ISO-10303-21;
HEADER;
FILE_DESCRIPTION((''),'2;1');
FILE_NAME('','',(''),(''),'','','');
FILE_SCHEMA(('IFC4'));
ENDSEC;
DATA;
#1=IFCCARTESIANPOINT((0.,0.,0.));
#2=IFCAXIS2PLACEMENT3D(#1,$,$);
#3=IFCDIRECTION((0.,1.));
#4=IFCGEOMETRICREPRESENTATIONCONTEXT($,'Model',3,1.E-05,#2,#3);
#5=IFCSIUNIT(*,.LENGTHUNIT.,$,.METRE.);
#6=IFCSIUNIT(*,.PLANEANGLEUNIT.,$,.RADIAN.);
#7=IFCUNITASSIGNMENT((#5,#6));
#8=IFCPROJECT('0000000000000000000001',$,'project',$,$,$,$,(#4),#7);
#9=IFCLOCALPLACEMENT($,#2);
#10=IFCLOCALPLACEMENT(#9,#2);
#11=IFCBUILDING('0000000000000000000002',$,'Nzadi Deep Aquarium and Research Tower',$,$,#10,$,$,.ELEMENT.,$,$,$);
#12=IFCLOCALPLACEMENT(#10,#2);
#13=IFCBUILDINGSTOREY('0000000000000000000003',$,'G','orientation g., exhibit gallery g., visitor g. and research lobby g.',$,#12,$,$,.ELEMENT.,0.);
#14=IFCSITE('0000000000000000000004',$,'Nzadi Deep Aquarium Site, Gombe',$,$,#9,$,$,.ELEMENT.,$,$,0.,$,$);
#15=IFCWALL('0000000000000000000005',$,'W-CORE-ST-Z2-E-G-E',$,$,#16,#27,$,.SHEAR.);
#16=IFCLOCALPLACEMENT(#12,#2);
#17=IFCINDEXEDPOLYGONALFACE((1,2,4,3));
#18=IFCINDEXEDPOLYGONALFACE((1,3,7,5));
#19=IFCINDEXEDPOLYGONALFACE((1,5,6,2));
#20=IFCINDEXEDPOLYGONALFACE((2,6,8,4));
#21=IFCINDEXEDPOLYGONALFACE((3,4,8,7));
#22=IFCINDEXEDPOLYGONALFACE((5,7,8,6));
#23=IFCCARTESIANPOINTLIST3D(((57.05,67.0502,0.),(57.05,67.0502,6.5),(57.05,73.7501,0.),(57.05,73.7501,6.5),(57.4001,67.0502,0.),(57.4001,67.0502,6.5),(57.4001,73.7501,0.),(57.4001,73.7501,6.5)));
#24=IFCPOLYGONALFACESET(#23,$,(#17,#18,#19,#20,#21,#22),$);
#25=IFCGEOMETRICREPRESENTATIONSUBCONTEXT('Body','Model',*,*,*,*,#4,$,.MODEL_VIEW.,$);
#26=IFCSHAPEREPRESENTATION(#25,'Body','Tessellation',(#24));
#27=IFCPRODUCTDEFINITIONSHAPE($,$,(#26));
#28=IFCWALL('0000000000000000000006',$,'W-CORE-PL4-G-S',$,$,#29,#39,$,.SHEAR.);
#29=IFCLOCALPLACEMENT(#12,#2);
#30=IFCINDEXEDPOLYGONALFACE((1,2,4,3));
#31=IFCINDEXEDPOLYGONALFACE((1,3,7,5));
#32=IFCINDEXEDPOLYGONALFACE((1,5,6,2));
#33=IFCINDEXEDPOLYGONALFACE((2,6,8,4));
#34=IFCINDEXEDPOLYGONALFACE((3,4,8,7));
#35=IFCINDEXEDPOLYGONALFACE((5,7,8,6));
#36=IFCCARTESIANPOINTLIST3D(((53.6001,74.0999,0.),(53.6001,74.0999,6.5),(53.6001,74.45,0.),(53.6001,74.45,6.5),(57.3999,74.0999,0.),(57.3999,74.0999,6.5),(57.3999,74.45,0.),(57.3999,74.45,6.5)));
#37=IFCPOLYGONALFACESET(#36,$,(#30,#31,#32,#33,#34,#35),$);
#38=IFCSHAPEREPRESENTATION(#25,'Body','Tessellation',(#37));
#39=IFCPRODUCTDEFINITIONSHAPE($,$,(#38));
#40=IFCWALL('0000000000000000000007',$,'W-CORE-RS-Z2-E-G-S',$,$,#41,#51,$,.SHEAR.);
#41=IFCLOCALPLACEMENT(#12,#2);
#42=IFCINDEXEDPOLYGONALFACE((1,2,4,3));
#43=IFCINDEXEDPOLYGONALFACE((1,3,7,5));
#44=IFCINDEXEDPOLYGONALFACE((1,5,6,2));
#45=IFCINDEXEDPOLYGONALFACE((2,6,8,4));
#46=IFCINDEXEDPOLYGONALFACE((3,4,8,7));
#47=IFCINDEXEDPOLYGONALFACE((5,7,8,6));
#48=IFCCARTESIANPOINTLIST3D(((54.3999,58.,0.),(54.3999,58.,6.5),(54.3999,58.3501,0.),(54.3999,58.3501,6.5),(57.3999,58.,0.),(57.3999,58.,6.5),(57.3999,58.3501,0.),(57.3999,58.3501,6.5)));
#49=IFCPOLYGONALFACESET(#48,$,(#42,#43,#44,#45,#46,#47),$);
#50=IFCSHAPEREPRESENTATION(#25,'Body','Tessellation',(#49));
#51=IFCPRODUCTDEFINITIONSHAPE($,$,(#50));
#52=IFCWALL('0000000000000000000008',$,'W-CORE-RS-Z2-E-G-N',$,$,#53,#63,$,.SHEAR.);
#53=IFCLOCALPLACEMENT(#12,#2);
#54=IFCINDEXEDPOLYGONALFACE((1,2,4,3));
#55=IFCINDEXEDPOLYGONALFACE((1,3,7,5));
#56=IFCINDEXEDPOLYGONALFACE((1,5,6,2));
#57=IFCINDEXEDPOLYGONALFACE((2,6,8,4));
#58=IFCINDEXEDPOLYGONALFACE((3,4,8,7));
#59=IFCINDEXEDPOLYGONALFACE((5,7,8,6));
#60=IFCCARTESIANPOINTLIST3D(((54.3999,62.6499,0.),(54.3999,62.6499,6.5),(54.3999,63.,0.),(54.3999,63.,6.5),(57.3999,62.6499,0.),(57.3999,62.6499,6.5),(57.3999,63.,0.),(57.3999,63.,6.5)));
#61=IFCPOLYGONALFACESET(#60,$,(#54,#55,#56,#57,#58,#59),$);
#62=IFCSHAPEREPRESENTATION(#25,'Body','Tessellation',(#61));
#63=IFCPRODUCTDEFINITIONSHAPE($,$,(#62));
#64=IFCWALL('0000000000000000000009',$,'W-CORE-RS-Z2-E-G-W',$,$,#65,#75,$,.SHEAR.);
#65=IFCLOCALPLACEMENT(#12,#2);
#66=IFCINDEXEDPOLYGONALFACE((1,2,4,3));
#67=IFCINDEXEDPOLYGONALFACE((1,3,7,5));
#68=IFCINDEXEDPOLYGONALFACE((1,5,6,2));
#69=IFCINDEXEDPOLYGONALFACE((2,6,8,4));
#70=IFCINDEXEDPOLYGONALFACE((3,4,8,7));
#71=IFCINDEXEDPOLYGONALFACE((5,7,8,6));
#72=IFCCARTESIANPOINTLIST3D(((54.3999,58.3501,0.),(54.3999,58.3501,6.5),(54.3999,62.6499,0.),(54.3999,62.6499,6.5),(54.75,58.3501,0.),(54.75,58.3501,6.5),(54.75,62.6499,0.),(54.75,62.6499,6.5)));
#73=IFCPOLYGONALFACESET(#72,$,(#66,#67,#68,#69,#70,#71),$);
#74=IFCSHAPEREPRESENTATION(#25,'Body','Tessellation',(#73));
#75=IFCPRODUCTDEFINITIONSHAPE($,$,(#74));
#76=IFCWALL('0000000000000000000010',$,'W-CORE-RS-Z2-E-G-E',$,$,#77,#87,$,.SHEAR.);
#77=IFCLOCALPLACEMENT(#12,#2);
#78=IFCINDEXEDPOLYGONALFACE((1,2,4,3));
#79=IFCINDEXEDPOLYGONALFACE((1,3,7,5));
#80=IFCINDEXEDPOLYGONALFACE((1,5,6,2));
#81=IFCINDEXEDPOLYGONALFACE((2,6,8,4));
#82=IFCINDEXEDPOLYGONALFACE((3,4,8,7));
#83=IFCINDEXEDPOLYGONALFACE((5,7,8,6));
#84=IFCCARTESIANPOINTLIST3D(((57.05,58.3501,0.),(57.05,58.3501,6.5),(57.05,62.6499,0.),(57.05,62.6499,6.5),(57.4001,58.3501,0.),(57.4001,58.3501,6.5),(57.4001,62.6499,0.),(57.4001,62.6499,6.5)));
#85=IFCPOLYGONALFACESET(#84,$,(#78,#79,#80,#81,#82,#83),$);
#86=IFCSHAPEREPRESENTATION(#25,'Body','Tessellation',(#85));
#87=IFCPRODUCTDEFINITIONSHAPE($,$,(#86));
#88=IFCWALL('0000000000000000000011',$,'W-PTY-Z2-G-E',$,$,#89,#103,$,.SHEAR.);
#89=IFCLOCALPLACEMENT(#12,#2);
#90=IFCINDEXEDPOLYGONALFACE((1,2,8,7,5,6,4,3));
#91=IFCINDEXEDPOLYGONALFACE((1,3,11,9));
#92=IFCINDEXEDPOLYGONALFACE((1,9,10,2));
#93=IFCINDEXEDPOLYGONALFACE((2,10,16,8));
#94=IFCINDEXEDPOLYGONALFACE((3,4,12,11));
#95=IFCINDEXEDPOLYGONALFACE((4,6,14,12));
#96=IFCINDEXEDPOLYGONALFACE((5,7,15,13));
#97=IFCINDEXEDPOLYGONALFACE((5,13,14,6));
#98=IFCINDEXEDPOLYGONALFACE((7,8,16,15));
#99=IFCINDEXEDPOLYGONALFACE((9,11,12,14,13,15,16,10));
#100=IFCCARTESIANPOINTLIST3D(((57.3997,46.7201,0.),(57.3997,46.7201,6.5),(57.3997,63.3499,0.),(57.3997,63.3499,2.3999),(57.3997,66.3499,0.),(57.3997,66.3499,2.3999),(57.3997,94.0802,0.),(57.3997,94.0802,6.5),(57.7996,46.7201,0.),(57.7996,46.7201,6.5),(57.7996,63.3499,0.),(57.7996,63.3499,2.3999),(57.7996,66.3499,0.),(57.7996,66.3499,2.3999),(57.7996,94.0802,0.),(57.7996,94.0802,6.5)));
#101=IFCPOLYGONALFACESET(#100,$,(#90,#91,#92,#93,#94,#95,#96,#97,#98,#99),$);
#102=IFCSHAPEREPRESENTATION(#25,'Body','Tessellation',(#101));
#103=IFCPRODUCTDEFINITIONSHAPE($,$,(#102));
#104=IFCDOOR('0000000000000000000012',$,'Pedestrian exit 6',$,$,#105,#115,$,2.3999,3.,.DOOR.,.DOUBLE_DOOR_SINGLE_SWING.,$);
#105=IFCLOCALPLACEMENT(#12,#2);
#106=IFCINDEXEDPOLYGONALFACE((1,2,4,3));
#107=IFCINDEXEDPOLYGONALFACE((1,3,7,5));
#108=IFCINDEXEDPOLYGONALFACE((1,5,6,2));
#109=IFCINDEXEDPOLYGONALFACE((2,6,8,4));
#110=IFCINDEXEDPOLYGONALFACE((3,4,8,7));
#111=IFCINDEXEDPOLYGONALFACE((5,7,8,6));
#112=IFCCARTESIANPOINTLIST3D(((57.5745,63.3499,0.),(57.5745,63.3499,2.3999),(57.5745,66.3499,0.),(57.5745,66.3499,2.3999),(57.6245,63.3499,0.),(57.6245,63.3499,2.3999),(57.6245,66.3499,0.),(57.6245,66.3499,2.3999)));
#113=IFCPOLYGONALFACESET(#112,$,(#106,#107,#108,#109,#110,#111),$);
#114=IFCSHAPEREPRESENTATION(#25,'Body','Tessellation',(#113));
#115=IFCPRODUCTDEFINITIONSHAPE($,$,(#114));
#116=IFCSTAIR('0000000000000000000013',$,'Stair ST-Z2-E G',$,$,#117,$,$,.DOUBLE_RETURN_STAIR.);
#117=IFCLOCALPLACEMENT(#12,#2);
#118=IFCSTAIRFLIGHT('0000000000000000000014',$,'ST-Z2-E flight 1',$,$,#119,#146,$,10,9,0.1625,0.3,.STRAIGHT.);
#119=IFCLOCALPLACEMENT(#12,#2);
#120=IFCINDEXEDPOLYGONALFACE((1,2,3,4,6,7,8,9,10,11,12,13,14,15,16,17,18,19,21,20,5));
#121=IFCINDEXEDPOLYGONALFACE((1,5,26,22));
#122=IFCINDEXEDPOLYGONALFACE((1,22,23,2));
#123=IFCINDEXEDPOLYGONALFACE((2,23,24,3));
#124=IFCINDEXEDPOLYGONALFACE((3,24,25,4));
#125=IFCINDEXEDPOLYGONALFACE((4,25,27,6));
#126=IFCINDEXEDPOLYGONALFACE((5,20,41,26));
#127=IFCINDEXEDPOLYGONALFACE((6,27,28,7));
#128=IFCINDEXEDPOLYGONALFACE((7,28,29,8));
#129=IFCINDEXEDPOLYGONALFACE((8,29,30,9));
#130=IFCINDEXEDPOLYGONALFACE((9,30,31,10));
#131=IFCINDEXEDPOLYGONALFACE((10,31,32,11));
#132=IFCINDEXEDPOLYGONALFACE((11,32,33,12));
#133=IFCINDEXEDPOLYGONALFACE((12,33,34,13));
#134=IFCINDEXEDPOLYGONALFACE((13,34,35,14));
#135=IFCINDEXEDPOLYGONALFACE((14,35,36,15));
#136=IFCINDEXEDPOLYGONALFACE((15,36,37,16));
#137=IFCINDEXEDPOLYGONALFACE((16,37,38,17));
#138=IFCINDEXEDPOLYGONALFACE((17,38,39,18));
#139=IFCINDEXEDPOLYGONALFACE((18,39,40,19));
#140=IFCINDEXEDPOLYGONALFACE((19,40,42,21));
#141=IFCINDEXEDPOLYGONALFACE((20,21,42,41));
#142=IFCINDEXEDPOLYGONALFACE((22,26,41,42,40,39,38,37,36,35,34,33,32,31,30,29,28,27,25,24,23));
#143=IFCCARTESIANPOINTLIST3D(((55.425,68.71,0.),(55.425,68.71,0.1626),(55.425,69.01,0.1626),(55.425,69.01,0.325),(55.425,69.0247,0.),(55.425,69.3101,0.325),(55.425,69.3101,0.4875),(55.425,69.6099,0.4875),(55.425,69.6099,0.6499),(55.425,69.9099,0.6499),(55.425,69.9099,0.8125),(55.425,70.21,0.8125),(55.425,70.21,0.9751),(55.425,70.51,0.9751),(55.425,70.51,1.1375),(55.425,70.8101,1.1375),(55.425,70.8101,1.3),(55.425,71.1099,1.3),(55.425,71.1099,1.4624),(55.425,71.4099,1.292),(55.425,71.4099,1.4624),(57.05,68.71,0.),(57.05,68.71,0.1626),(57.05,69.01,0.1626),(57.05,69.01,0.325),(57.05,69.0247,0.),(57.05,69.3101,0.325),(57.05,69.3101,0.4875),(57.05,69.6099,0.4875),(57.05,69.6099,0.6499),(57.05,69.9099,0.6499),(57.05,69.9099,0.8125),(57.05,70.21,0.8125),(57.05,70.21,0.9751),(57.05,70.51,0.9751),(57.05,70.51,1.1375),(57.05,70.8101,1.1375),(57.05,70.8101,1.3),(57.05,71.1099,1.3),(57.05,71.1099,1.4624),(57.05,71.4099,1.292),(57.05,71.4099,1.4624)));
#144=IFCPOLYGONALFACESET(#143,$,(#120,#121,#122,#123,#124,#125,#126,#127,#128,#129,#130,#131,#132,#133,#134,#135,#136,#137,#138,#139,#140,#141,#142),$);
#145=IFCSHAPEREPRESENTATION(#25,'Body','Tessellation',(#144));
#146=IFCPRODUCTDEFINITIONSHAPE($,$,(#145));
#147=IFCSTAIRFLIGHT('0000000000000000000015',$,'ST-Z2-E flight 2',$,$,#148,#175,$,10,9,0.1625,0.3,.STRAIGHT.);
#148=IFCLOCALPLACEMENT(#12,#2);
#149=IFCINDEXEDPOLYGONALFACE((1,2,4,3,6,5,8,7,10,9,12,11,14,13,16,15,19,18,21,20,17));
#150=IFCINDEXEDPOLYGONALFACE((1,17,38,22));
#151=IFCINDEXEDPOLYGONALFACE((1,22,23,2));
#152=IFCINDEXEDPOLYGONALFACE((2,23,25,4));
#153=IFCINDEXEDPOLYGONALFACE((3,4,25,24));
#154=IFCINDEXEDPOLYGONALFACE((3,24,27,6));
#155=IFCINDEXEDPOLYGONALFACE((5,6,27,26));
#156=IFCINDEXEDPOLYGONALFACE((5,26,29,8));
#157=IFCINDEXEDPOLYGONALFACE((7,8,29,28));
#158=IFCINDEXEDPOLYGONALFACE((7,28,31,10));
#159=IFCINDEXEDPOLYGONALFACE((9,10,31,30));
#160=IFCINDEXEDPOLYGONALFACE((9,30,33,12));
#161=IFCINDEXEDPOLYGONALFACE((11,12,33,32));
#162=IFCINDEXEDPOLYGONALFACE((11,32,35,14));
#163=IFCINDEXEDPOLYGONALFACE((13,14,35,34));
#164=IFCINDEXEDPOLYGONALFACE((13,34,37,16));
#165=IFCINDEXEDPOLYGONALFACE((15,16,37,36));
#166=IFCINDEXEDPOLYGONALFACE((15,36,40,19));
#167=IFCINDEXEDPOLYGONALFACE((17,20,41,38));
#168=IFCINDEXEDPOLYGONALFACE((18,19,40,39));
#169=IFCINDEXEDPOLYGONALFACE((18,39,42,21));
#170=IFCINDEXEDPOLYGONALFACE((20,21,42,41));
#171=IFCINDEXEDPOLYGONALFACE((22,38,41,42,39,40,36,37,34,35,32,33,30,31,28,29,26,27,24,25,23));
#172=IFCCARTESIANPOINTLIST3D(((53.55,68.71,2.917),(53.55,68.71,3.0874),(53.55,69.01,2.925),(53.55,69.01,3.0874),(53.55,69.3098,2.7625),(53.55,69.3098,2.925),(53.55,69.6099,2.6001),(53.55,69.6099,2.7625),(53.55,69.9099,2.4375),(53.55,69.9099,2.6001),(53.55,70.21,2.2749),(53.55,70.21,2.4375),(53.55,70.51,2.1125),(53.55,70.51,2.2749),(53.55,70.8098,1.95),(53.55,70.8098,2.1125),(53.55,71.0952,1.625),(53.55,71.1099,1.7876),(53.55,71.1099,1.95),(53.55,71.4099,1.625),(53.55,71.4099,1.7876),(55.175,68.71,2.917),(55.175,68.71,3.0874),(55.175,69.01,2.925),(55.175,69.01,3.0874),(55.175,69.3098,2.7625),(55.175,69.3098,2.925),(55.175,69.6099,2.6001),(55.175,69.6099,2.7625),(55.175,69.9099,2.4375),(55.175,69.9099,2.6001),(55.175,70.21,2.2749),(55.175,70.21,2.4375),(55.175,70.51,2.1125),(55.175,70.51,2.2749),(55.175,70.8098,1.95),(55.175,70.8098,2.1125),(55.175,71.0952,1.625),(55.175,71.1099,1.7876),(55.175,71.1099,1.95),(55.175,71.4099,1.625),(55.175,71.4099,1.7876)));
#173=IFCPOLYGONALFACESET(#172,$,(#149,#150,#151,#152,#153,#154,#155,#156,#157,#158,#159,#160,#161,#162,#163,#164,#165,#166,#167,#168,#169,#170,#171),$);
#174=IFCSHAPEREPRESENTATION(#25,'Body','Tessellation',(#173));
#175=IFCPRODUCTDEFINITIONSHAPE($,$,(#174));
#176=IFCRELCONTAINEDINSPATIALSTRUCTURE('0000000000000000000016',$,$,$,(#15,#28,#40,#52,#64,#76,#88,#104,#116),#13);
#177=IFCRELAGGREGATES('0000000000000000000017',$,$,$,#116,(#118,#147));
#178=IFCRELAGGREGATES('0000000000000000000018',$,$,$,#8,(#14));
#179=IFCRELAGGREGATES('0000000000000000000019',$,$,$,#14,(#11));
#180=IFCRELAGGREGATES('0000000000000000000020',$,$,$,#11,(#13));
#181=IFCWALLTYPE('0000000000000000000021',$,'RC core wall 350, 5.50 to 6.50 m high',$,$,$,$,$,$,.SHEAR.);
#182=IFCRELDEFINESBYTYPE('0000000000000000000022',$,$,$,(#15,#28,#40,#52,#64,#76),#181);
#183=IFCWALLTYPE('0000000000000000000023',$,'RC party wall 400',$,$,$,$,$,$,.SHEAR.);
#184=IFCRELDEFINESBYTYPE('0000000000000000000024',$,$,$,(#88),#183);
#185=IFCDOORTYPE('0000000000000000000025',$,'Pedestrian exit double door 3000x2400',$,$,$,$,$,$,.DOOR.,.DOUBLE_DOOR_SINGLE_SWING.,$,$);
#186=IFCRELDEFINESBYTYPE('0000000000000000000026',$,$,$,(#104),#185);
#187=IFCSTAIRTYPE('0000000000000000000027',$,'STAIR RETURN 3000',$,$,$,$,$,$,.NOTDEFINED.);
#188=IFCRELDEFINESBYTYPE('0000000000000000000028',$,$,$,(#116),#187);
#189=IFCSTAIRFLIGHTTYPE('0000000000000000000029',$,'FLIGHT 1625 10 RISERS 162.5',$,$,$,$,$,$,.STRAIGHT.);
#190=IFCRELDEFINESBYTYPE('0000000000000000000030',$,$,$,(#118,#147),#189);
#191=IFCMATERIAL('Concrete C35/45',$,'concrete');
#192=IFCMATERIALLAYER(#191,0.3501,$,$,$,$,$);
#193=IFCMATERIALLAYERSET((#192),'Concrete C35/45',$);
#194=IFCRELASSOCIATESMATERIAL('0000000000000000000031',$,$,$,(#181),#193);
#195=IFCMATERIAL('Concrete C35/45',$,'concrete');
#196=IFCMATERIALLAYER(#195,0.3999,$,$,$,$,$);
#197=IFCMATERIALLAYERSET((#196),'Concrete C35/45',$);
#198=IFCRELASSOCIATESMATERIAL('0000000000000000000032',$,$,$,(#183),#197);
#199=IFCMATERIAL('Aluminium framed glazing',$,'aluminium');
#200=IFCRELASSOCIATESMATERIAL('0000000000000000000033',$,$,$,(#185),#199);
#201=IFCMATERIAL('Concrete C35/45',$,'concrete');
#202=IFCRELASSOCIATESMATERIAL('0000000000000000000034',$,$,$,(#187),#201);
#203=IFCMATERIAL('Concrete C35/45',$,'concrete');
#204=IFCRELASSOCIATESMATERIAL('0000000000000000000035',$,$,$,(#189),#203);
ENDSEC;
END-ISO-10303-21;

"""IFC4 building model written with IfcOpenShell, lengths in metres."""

from ifc_helpers import new_model, si_unit, direction, frame, frame_2d, origin, place, context, subcontext, project, spatial, polyline, rectangle, outline, extrude, material, layer, layer_set, type_object, element, fill, aggregate, save


model = new_model("IFC4")

# Units and contexts
model_context = context("Model", 3, precision=1e-05, world=origin(), true_north=direction((0.0, 1.0)))
body_context = subcontext(model_context, "Body", "Model", "MODEL_VIEW")
ifc_project = project(units=[si_unit("LENGTHUNIT", "METRE"), si_unit("PLANEANGLEUNIT", "RADIAN")], contexts=[model_context])

# Site, building, storey
site_placement = place(None, origin())
site = spatial("IfcSite", under=ifc_project, at=site_placement, Name="Nzadi Deep Aquarium Site, Gombe", CompositionType="ELEMENT", RefElevation=0.0)
building_placement = place(site_placement, origin())
building = spatial("IfcBuilding", under=site, at=building_placement, Name="Nzadi Deep Aquarium and Research Tower", CompositionType="ELEMENT")
storey_placement = place(building_placement, origin())
storey = spatial("IfcBuildingStorey", under=building, at=storey_placement, Name="G", Description="orientation g., exhibit gallery g., visitor g. and research lobby g.", CompositionType="ELEMENT", Elevation=0.0)

# Shared definitions
ifc_material_1 = material(Name="Concrete C35/45", Category="concrete")
ifc_layer_1 = layer(ifc_material_1, 0.3501)
ifc_layer_set_1 = layer_set([ifc_layer_1], Name="Concrete C35/45")
wall_type_1 = type_object("IfcWallType", Name="RC core wall 350, 5.50 to 6.50 m high", PredefinedType="SHEAR", material=ifc_layer_set_1)

# Walls
for number, where, z_axis, x_axis, name in (
    (1, (57.2251, 67.05, 0.0), (0.0, 0.0, 1.0), (0.0, 1.0, 0.0), "W-CORE-ST-Z2-E-G-E"),
):
    element("IfcWall", number, at=place(storey_placement, frame(where, z_axis=z_axis, x_axis=x_axis)), inside=storey, type_object=wall_type_1, Name=name, PredefinedType="SHEAR", context=body_context, shape_type="SweptSolid", body=[
        extrude(rectangle(XDim=6.7, YDim=0.3501, at=frame_2d((3.3501, 0.0))), origin(), (0.0, 0.0, 1.0), 6.5),
    ])
wall_1_placement = place(storey_placement, frame((53.6001, 74.2749, 0.0), z_axis=(0.0, 0.0, 1.0), x_axis=(1.0, 0.0, 0.0)))
element("IfcWall", 2, at=wall_1_placement, inside=storey, type_object=wall_type_1, Name="W-CORE-PL4-G-S", PredefinedType="SHEAR", context=body_context, shape_type="SweptSolid", body=[
    extrude(rectangle(XDim=3.7998, YDim=0.3501, at=frame_2d((1.8999, 0.0))), origin(), (0.0, 0.0, 1.0), 6.5),
])
for number, where, z_axis, x_axis, name in (
    (3, (54.3999, 58.175, 0.0), (0.0, 0.0, 1.0), (1.0, 0.0, 0.0), "W-CORE-RS-Z2-E-G-S"),
    (4, (54.3999, 62.825, 0.0), (0.0, 0.0, 1.0), (1.0, 0.0, 0.0), "W-CORE-RS-Z2-E-G-N"),
):
    element("IfcWall", number, at=place(storey_placement, frame(where, z_axis=z_axis, x_axis=x_axis)), inside=storey, type_object=wall_type_1, Name=name, PredefinedType="SHEAR", context=body_context, shape_type="SweptSolid", body=[
        extrude(rectangle(XDim=3.0, YDim=0.3501, at=frame_2d((1.5, 0.0))), origin(), (0.0, 0.0, 1.0), 6.5),
    ])
for number, where, z_axis, x_axis, name in (
    (5, (54.575, 58.3501, 0.0), (0.0, 0.0, 1.0), (0.0, 1.0, 0.0), "W-CORE-RS-Z2-E-G-W"),
    (6, (57.2251, 58.3501, 0.0), (0.0, 0.0, 1.0), (0.0, 1.0, 0.0), "W-CORE-RS-Z2-E-G-E"),
):
    element("IfcWall", number, at=place(storey_placement, frame(where, z_axis=z_axis, x_axis=x_axis)), inside=storey, type_object=wall_type_1, Name=name, PredefinedType="SHEAR", context=body_context, shape_type="SweptSolid", body=[
        extrude(rectangle(XDim=4.2998, YDim=0.3501, at=frame_2d((2.1499, 0.0))), origin(), (0.0, 0.0, 1.0), 6.5),
    ])

# Wall, opening, door
ifc_material_2 = material(Name="Concrete C35/45", Category="concrete")
ifc_layer_2 = layer(ifc_material_2, 0.3999)
ifc_layer_set_2 = layer_set([ifc_layer_2], Name="Concrete C35/45")
wall_type_2 = type_object("IfcWallType", Name="RC party wall 400", PredefinedType="SHEAR", material=ifc_layer_set_2)
wall_2_placement = place(storey_placement, frame((57.5996, 46.72, 0.0), z_axis=(0.0, 0.0, 1.0), x_axis=(0.0, 1.0, 0.0)))
wall_2 = element("IfcWall", 7, at=wall_2_placement, inside=storey, type_object=wall_type_2, Name="W-PTY-Z2-G-E", PredefinedType="SHEAR", context=body_context, shape_type="SweptSolid", body=[
    extrude(rectangle(XDim=47.3601, YDim=0.3999, at=frame_2d((23.6802, 0.0))), origin(), (0.0, 0.0, 1.0), 6.5),
])
opening_1_placement = place(wall_2_placement, frame((16.6299, 0.0, 0.0)))
opening_1 = element("IfcOpeningElement", 8, at=opening_1_placement, cuts=wall_2, PredefinedType="OPENING", context=body_context, shape_type="SweptSolid", body=[
    extrude(rectangle(XDim=3.0, YDim=2.3999, at=frame_2d((1.5, 1.2))), frame((0.0, 0.21, 0.0), z_axis=(0.0, -1.0, 0.0), x_axis=(1.0, 0.0, 0.0)), (0.0, 0.0, 1.0), 0.4199),
])
ifc_material_3 = material(Name="Aluminium framed glazing", Category="aluminium")
door_type_1 = type_object("IfcDoorType", Name="Pedestrian exit double door 3000x2400", OperationType="DOUBLE_DOOR_SINGLE_SWING", PredefinedType="DOOR", material=ifc_material_3)
door_1_placement = place(opening_1_placement, frame((3.0, 0.0, 0.0), z_axis=(0.0, 0.0, 1.0), x_axis=(-1.0, 0.0, 0.0)))
door_1 = element("IfcDoor", 9, at=door_1_placement, inside=storey, type_object=door_type_1, Name="Pedestrian exit 6", OperationType="DOUBLE_DOOR_SINGLE_SWING", OverallHeight=2.3999, OverallWidth=3.0, PredefinedType="DOOR", context=body_context, shape_type="SweptSolid", body=[
    extrude(rectangle(XDim=3.0, YDim=2.3999, at=frame_2d((1.5, 1.2))), frame((0.0, 0.0249, 0.0), z_axis=(0.0, -1.0, 0.0), x_axis=(1.0, 0.0, 0.0)), (0.0, 0.0, 1.0), 0.05),
])
fill(opening_1, door_1)

# Stair, stair flights
ifc_material_4 = material(Name="Concrete C35/45", Category="concrete")
stair_type = type_object("IfcStairType", Name="STAIR RETURN 3000", PredefinedType="NOTDEFINED", material=ifc_material_4)
stair_placement = place(storey_placement, origin())
stair = element("IfcStair", 10, at=stair_placement, inside=storey, type_object=stair_type, Name="Stair ST-Z2-E G", PredefinedType="DOUBLE_RETURN_STAIR")
ifc_material_5 = material(Name="Concrete C35/45", Category="concrete")
stair_flight_type = type_object("IfcStairFlightType", Name="FLIGHT 1625 10 RISERS 162.5", PredefinedType="STRAIGHT", material=ifc_material_5)
stair_flight_1_placement = place(storey_placement, frame((56.2375, 68.71, 0.0), z_axis=(0.0, 0.0, 1.0), x_axis=(0.0, 1.0, 0.0)))
stair_flight_1 = element("IfcStairFlight", 11, at=stair_flight_1_placement, type_object=stair_flight_type, Name="ST-Z2-E flight 1", NumberOfRisers=10, NumberOfTreads=9, PredefinedType="STRAIGHT", RiserHeight=0.1625, TreadLength=0.3, context=body_context, shape_type="SweptSolid", body=[
    extrude(outline(polyline([(0.0, 0.0), (0.0, 0.1626), (0.3, 0.1626), (0.3, 0.325), (0.6001, 0.325), (0.6001, 0.4875), (0.8999, 0.4875), (0.8999, 0.6499), (1.2, 0.6499), (1.2, 0.8125), (1.5, 0.8125), (1.5, 0.9751), (1.8, 0.9751), (1.8, 1.1375), (2.1001, 1.1375), (2.1001, 1.3), (2.3999, 1.3), (2.3999, 1.4624), (2.7, 1.4624), (2.7, 1.625), (2.7, 1.292), (0.3147, 0.0), (0.0, 0.0)])), frame((0.0, 0.8125, 0.0), z_axis=(0.0, -1.0, 0.0), x_axis=(1.0, 0.0, 0.0)), (0.0, 0.0, 1.0), 1.625),
])
stair_flight_2_placement = place(storey_placement, frame((54.3625, 71.4099, 1.625), z_axis=(0.0, 0.0, 1.0), x_axis=(0.0, -1.0, 0.0)))
stair_flight_2 = element("IfcStairFlight", 12, at=stair_flight_2_placement, type_object=stair_flight_type, Name="ST-Z2-E flight 2", NumberOfRisers=10, NumberOfTreads=9, PredefinedType="STRAIGHT", RiserHeight=0.1625, TreadLength=0.3, context=body_context, shape_type="SweptSolid", body=[
    extrude(outline(polyline([(0.0, 0.0), (0.0, 0.1626), (0.3, 0.1626), (0.3, 0.325), (0.6001, 0.325), (0.6001, 0.4875), (0.8999, 0.4875), (0.8999, 0.6499), (1.2, 0.6499), (1.2, 0.8125), (1.5, 0.8125), (1.5, 0.9751), (1.8, 0.9751), (1.8, 1.1375), (2.1001, 1.1375), (2.1001, 1.3), (2.3999, 1.3), (2.3999, 1.4624), (2.7, 1.4624), (2.7, 1.625), (2.7, 1.292), (0.3147, 0.0), (0.0, 0.0)])), frame((0.0, 0.8125, 0.0), z_axis=(0.0, -1.0, 0.0), x_axis=(1.0, 0.0, 0.0)), (0.0, 0.0, 1.0), 1.625),
])
aggregate(stair, [stair_flight_1, stair_flight_2])

save(model, "model.ifc")
